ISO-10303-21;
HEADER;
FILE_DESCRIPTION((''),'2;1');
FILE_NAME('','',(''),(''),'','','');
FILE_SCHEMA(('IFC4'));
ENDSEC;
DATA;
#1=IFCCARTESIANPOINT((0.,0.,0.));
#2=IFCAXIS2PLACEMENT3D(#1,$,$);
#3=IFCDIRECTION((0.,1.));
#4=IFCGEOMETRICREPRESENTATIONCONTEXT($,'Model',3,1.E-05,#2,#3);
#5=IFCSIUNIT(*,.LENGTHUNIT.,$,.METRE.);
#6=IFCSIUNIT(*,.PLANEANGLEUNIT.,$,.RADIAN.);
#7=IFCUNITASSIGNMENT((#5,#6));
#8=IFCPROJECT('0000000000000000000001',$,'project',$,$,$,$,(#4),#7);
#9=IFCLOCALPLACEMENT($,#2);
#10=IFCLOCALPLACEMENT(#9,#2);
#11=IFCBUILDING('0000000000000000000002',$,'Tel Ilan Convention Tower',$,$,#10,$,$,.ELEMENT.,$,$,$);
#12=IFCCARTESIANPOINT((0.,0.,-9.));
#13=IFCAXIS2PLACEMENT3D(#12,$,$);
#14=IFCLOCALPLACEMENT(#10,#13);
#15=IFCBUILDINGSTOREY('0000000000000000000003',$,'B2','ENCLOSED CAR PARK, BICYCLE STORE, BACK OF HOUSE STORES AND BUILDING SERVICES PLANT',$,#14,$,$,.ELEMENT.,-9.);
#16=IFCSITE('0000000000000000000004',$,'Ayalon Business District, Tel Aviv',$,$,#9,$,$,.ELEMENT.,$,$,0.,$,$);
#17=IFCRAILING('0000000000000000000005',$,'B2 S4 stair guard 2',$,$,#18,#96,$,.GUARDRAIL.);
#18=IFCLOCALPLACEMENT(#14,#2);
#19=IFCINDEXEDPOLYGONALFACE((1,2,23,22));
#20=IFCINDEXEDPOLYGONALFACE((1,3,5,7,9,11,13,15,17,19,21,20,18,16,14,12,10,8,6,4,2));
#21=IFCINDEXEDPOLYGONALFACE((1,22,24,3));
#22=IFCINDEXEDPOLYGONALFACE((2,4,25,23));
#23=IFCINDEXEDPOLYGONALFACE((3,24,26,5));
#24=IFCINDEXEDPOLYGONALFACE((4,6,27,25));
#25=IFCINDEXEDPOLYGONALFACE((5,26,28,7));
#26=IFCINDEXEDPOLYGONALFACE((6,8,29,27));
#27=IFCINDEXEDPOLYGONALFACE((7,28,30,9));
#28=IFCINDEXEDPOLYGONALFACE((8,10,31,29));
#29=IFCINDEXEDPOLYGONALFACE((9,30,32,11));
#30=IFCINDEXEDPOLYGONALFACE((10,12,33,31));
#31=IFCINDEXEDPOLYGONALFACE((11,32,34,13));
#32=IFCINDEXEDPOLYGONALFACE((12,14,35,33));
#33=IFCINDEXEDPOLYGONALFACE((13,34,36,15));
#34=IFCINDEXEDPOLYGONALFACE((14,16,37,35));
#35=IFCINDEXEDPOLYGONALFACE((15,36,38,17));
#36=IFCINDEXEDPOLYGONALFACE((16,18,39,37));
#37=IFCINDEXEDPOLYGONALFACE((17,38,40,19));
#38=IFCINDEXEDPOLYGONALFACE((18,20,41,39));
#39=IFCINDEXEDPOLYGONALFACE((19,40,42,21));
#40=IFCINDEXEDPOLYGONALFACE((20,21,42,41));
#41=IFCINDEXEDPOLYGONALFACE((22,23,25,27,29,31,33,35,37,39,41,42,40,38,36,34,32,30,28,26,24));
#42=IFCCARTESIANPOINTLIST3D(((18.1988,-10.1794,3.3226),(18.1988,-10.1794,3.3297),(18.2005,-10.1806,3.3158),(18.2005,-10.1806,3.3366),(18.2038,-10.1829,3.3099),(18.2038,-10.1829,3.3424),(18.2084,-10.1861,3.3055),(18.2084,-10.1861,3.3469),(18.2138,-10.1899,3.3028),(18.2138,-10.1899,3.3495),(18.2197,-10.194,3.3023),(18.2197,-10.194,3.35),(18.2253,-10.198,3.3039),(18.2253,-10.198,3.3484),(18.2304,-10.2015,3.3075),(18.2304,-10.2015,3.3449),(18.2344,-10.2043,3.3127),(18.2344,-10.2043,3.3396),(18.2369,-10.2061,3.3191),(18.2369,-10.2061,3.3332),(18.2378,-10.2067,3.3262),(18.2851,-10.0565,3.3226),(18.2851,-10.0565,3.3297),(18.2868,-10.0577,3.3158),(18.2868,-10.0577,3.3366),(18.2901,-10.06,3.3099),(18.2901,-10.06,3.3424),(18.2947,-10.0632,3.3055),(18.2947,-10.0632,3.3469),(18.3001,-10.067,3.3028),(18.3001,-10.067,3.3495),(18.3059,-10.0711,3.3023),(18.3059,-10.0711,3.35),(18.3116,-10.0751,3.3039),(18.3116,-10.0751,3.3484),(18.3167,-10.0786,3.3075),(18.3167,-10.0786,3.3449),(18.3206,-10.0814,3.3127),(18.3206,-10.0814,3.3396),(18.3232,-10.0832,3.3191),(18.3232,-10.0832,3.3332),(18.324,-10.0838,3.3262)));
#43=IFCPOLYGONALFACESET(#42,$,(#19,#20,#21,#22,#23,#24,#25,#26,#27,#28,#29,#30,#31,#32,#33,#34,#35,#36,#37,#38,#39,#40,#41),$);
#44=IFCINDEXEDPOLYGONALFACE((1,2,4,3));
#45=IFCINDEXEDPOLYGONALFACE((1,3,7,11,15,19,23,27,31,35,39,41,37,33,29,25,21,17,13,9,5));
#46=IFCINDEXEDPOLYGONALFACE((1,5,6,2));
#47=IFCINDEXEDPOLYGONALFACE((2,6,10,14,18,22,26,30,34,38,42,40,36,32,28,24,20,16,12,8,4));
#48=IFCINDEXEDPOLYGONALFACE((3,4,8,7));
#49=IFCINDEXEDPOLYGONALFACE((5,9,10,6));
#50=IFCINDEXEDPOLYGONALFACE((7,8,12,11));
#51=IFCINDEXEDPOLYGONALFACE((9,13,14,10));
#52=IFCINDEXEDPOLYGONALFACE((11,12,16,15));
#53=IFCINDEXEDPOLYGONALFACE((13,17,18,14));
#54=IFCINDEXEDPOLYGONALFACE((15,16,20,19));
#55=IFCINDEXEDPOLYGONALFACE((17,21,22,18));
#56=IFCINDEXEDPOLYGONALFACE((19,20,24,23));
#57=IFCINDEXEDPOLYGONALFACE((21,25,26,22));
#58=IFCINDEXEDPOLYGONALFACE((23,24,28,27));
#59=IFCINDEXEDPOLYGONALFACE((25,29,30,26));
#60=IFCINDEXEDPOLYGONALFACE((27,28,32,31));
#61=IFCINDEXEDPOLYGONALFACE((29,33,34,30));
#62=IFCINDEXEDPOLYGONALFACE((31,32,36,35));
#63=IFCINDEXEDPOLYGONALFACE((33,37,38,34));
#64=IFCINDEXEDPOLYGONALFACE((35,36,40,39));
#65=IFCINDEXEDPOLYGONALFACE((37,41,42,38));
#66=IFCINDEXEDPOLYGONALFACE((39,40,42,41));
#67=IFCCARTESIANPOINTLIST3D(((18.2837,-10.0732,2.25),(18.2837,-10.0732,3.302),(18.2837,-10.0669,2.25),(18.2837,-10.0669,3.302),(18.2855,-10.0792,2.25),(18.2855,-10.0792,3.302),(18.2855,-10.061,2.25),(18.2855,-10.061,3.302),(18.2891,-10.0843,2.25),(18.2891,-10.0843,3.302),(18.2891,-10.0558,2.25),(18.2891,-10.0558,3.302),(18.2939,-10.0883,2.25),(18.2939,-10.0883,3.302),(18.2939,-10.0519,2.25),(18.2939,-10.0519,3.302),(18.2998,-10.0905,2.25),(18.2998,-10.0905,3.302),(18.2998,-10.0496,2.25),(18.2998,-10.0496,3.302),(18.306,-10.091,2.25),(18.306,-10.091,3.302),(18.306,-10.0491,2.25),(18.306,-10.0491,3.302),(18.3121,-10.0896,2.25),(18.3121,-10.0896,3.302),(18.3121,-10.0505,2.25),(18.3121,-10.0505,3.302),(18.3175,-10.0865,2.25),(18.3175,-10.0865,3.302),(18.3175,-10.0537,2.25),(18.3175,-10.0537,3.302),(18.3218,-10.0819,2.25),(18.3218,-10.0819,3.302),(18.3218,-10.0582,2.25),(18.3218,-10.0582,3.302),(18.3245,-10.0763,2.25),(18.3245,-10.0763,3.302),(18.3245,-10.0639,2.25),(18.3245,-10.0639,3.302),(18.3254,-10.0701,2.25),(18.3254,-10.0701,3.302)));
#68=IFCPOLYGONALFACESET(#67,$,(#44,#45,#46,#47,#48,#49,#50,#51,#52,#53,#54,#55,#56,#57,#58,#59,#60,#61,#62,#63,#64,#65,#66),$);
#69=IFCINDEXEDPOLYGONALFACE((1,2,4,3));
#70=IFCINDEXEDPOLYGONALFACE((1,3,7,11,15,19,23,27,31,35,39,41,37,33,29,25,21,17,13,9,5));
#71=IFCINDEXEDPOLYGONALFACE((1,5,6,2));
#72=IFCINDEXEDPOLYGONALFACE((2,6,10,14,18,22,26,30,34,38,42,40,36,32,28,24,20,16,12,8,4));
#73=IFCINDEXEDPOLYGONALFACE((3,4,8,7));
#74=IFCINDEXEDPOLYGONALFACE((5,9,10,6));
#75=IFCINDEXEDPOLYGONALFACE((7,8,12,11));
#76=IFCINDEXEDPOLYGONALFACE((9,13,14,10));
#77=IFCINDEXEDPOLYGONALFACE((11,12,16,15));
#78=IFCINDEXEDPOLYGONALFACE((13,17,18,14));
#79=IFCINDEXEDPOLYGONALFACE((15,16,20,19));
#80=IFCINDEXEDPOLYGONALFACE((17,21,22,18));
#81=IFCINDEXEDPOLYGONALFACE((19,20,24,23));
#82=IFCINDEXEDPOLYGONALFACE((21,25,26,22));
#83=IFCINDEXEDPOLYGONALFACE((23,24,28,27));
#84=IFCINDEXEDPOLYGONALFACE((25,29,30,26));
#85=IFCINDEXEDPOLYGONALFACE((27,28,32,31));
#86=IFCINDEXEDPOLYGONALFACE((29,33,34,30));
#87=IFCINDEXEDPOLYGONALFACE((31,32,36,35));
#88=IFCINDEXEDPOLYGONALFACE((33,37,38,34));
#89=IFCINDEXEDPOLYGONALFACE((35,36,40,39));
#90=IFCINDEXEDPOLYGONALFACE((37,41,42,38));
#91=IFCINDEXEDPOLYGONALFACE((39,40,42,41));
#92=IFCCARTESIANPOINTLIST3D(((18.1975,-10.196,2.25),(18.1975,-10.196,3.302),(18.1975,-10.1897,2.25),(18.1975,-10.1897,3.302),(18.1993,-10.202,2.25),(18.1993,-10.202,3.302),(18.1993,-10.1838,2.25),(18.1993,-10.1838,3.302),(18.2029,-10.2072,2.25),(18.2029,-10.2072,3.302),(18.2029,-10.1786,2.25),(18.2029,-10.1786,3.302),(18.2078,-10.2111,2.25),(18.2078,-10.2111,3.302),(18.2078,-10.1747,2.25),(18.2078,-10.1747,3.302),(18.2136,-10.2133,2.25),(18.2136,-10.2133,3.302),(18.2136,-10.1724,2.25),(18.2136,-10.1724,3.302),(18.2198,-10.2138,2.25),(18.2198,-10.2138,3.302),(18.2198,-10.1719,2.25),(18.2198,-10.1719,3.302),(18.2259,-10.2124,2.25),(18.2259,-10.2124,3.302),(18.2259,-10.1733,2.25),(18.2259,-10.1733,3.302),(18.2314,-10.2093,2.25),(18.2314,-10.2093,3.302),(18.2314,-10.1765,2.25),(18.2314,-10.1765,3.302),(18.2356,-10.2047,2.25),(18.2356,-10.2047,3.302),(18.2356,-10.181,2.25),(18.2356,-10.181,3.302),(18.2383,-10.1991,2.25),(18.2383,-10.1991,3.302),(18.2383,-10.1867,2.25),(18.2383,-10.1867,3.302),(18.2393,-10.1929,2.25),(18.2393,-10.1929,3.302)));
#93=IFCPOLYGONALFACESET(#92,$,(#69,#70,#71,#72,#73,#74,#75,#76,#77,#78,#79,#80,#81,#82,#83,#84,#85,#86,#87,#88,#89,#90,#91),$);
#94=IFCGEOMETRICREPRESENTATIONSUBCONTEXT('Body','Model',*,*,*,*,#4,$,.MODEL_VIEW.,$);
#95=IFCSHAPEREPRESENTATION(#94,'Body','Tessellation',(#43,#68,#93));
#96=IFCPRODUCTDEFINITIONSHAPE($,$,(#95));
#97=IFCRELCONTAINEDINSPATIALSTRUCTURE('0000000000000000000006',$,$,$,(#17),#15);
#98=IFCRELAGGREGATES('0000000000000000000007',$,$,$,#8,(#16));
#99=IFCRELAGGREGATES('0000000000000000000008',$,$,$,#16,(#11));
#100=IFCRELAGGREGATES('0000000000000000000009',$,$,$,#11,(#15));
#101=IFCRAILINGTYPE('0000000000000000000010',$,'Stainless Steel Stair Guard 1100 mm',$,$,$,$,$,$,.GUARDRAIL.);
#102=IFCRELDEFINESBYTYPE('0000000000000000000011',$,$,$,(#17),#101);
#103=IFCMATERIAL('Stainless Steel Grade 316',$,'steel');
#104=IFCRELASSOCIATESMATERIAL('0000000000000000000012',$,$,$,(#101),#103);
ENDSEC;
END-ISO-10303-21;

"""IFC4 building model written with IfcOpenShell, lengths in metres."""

from ifc_helpers import new_model, si_unit, direction, frame, origin, origin_2d, place, context, subcontext, project, spatial, circle, extrude, material, type_object, element, save


model = new_model("IFC4")

# Units and contexts
model_context = context("Model", 3, precision=1e-05, world=origin(), true_north=direction((0.0, 1.0)))
body_context = subcontext(model_context, "Body", "Model", "MODEL_VIEW")
ifc_project = project(units=[si_unit("LENGTHUNIT", "METRE"), si_unit("PLANEANGLEUNIT", "RADIAN")], contexts=[model_context])

# Site, building, storey
site_placement = place(None, origin())
site = spatial("IfcSite", under=ifc_project, at=site_placement, Name="Ayalon Business District, Tel Aviv", CompositionType="ELEMENT", RefElevation=0.0)
building_placement = place(site_placement, origin())
building = spatial("IfcBuilding", under=site, at=building_placement, Name="Tel Ilan Convention Tower", CompositionType="ELEMENT")
storey_placement = place(building_placement, frame((0.0, 0.0, -9.0)))
storey = spatial("IfcBuildingStorey", under=building, at=storey_placement, Name="B2", Description="ENCLOSED CAR PARK, BICYCLE STORE, BACK OF HOUSE STORES AND BUILDING SERVICES PLANT", CompositionType="ELEMENT", Elevation=-9.0)

# Railing
ifc_material_1 = material(Name="Stainless Steel Grade 316", Category="steel")
railing_type_1 = type_object("IfcRailingType", Name="Stainless Steel Stair Guard 1100 mm", PredefinedType="GUARDRAIL", material=ifc_material_1)
railing_1_placement = place(storey_placement, frame((18.3044, -10.0701, 2.25)))
element("IfcRailing", 1, at=railing_1_placement, inside=storey, type_object=railing_type_1, Name="B2 S4 stair guard 2", PredefinedType="GUARDRAIL", context=body_context, shape_type="SweptSolid", body=[
    extrude(circle(Radius=0.0239, at=origin_2d()), frame((0.0, 0.0, 1.0762), z_axis=(-0.574445, -0.818543, 0.0), x_axis=(0.818543, -0.574445, 0.0)), (0.0, 0.0, 1.0), 0.1501),
    extrude(circle(Radius=0.021, at=origin_2d()), origin(), (0.0, 0.0, 1.0), 1.052),
    extrude(circle(Radius=0.021, at=origin_2d()), frame((-0.0862, -0.1228, 0.0)), (0.0, 0.0, 1.0), 1.052),
])

save(model, "model.ifc")
